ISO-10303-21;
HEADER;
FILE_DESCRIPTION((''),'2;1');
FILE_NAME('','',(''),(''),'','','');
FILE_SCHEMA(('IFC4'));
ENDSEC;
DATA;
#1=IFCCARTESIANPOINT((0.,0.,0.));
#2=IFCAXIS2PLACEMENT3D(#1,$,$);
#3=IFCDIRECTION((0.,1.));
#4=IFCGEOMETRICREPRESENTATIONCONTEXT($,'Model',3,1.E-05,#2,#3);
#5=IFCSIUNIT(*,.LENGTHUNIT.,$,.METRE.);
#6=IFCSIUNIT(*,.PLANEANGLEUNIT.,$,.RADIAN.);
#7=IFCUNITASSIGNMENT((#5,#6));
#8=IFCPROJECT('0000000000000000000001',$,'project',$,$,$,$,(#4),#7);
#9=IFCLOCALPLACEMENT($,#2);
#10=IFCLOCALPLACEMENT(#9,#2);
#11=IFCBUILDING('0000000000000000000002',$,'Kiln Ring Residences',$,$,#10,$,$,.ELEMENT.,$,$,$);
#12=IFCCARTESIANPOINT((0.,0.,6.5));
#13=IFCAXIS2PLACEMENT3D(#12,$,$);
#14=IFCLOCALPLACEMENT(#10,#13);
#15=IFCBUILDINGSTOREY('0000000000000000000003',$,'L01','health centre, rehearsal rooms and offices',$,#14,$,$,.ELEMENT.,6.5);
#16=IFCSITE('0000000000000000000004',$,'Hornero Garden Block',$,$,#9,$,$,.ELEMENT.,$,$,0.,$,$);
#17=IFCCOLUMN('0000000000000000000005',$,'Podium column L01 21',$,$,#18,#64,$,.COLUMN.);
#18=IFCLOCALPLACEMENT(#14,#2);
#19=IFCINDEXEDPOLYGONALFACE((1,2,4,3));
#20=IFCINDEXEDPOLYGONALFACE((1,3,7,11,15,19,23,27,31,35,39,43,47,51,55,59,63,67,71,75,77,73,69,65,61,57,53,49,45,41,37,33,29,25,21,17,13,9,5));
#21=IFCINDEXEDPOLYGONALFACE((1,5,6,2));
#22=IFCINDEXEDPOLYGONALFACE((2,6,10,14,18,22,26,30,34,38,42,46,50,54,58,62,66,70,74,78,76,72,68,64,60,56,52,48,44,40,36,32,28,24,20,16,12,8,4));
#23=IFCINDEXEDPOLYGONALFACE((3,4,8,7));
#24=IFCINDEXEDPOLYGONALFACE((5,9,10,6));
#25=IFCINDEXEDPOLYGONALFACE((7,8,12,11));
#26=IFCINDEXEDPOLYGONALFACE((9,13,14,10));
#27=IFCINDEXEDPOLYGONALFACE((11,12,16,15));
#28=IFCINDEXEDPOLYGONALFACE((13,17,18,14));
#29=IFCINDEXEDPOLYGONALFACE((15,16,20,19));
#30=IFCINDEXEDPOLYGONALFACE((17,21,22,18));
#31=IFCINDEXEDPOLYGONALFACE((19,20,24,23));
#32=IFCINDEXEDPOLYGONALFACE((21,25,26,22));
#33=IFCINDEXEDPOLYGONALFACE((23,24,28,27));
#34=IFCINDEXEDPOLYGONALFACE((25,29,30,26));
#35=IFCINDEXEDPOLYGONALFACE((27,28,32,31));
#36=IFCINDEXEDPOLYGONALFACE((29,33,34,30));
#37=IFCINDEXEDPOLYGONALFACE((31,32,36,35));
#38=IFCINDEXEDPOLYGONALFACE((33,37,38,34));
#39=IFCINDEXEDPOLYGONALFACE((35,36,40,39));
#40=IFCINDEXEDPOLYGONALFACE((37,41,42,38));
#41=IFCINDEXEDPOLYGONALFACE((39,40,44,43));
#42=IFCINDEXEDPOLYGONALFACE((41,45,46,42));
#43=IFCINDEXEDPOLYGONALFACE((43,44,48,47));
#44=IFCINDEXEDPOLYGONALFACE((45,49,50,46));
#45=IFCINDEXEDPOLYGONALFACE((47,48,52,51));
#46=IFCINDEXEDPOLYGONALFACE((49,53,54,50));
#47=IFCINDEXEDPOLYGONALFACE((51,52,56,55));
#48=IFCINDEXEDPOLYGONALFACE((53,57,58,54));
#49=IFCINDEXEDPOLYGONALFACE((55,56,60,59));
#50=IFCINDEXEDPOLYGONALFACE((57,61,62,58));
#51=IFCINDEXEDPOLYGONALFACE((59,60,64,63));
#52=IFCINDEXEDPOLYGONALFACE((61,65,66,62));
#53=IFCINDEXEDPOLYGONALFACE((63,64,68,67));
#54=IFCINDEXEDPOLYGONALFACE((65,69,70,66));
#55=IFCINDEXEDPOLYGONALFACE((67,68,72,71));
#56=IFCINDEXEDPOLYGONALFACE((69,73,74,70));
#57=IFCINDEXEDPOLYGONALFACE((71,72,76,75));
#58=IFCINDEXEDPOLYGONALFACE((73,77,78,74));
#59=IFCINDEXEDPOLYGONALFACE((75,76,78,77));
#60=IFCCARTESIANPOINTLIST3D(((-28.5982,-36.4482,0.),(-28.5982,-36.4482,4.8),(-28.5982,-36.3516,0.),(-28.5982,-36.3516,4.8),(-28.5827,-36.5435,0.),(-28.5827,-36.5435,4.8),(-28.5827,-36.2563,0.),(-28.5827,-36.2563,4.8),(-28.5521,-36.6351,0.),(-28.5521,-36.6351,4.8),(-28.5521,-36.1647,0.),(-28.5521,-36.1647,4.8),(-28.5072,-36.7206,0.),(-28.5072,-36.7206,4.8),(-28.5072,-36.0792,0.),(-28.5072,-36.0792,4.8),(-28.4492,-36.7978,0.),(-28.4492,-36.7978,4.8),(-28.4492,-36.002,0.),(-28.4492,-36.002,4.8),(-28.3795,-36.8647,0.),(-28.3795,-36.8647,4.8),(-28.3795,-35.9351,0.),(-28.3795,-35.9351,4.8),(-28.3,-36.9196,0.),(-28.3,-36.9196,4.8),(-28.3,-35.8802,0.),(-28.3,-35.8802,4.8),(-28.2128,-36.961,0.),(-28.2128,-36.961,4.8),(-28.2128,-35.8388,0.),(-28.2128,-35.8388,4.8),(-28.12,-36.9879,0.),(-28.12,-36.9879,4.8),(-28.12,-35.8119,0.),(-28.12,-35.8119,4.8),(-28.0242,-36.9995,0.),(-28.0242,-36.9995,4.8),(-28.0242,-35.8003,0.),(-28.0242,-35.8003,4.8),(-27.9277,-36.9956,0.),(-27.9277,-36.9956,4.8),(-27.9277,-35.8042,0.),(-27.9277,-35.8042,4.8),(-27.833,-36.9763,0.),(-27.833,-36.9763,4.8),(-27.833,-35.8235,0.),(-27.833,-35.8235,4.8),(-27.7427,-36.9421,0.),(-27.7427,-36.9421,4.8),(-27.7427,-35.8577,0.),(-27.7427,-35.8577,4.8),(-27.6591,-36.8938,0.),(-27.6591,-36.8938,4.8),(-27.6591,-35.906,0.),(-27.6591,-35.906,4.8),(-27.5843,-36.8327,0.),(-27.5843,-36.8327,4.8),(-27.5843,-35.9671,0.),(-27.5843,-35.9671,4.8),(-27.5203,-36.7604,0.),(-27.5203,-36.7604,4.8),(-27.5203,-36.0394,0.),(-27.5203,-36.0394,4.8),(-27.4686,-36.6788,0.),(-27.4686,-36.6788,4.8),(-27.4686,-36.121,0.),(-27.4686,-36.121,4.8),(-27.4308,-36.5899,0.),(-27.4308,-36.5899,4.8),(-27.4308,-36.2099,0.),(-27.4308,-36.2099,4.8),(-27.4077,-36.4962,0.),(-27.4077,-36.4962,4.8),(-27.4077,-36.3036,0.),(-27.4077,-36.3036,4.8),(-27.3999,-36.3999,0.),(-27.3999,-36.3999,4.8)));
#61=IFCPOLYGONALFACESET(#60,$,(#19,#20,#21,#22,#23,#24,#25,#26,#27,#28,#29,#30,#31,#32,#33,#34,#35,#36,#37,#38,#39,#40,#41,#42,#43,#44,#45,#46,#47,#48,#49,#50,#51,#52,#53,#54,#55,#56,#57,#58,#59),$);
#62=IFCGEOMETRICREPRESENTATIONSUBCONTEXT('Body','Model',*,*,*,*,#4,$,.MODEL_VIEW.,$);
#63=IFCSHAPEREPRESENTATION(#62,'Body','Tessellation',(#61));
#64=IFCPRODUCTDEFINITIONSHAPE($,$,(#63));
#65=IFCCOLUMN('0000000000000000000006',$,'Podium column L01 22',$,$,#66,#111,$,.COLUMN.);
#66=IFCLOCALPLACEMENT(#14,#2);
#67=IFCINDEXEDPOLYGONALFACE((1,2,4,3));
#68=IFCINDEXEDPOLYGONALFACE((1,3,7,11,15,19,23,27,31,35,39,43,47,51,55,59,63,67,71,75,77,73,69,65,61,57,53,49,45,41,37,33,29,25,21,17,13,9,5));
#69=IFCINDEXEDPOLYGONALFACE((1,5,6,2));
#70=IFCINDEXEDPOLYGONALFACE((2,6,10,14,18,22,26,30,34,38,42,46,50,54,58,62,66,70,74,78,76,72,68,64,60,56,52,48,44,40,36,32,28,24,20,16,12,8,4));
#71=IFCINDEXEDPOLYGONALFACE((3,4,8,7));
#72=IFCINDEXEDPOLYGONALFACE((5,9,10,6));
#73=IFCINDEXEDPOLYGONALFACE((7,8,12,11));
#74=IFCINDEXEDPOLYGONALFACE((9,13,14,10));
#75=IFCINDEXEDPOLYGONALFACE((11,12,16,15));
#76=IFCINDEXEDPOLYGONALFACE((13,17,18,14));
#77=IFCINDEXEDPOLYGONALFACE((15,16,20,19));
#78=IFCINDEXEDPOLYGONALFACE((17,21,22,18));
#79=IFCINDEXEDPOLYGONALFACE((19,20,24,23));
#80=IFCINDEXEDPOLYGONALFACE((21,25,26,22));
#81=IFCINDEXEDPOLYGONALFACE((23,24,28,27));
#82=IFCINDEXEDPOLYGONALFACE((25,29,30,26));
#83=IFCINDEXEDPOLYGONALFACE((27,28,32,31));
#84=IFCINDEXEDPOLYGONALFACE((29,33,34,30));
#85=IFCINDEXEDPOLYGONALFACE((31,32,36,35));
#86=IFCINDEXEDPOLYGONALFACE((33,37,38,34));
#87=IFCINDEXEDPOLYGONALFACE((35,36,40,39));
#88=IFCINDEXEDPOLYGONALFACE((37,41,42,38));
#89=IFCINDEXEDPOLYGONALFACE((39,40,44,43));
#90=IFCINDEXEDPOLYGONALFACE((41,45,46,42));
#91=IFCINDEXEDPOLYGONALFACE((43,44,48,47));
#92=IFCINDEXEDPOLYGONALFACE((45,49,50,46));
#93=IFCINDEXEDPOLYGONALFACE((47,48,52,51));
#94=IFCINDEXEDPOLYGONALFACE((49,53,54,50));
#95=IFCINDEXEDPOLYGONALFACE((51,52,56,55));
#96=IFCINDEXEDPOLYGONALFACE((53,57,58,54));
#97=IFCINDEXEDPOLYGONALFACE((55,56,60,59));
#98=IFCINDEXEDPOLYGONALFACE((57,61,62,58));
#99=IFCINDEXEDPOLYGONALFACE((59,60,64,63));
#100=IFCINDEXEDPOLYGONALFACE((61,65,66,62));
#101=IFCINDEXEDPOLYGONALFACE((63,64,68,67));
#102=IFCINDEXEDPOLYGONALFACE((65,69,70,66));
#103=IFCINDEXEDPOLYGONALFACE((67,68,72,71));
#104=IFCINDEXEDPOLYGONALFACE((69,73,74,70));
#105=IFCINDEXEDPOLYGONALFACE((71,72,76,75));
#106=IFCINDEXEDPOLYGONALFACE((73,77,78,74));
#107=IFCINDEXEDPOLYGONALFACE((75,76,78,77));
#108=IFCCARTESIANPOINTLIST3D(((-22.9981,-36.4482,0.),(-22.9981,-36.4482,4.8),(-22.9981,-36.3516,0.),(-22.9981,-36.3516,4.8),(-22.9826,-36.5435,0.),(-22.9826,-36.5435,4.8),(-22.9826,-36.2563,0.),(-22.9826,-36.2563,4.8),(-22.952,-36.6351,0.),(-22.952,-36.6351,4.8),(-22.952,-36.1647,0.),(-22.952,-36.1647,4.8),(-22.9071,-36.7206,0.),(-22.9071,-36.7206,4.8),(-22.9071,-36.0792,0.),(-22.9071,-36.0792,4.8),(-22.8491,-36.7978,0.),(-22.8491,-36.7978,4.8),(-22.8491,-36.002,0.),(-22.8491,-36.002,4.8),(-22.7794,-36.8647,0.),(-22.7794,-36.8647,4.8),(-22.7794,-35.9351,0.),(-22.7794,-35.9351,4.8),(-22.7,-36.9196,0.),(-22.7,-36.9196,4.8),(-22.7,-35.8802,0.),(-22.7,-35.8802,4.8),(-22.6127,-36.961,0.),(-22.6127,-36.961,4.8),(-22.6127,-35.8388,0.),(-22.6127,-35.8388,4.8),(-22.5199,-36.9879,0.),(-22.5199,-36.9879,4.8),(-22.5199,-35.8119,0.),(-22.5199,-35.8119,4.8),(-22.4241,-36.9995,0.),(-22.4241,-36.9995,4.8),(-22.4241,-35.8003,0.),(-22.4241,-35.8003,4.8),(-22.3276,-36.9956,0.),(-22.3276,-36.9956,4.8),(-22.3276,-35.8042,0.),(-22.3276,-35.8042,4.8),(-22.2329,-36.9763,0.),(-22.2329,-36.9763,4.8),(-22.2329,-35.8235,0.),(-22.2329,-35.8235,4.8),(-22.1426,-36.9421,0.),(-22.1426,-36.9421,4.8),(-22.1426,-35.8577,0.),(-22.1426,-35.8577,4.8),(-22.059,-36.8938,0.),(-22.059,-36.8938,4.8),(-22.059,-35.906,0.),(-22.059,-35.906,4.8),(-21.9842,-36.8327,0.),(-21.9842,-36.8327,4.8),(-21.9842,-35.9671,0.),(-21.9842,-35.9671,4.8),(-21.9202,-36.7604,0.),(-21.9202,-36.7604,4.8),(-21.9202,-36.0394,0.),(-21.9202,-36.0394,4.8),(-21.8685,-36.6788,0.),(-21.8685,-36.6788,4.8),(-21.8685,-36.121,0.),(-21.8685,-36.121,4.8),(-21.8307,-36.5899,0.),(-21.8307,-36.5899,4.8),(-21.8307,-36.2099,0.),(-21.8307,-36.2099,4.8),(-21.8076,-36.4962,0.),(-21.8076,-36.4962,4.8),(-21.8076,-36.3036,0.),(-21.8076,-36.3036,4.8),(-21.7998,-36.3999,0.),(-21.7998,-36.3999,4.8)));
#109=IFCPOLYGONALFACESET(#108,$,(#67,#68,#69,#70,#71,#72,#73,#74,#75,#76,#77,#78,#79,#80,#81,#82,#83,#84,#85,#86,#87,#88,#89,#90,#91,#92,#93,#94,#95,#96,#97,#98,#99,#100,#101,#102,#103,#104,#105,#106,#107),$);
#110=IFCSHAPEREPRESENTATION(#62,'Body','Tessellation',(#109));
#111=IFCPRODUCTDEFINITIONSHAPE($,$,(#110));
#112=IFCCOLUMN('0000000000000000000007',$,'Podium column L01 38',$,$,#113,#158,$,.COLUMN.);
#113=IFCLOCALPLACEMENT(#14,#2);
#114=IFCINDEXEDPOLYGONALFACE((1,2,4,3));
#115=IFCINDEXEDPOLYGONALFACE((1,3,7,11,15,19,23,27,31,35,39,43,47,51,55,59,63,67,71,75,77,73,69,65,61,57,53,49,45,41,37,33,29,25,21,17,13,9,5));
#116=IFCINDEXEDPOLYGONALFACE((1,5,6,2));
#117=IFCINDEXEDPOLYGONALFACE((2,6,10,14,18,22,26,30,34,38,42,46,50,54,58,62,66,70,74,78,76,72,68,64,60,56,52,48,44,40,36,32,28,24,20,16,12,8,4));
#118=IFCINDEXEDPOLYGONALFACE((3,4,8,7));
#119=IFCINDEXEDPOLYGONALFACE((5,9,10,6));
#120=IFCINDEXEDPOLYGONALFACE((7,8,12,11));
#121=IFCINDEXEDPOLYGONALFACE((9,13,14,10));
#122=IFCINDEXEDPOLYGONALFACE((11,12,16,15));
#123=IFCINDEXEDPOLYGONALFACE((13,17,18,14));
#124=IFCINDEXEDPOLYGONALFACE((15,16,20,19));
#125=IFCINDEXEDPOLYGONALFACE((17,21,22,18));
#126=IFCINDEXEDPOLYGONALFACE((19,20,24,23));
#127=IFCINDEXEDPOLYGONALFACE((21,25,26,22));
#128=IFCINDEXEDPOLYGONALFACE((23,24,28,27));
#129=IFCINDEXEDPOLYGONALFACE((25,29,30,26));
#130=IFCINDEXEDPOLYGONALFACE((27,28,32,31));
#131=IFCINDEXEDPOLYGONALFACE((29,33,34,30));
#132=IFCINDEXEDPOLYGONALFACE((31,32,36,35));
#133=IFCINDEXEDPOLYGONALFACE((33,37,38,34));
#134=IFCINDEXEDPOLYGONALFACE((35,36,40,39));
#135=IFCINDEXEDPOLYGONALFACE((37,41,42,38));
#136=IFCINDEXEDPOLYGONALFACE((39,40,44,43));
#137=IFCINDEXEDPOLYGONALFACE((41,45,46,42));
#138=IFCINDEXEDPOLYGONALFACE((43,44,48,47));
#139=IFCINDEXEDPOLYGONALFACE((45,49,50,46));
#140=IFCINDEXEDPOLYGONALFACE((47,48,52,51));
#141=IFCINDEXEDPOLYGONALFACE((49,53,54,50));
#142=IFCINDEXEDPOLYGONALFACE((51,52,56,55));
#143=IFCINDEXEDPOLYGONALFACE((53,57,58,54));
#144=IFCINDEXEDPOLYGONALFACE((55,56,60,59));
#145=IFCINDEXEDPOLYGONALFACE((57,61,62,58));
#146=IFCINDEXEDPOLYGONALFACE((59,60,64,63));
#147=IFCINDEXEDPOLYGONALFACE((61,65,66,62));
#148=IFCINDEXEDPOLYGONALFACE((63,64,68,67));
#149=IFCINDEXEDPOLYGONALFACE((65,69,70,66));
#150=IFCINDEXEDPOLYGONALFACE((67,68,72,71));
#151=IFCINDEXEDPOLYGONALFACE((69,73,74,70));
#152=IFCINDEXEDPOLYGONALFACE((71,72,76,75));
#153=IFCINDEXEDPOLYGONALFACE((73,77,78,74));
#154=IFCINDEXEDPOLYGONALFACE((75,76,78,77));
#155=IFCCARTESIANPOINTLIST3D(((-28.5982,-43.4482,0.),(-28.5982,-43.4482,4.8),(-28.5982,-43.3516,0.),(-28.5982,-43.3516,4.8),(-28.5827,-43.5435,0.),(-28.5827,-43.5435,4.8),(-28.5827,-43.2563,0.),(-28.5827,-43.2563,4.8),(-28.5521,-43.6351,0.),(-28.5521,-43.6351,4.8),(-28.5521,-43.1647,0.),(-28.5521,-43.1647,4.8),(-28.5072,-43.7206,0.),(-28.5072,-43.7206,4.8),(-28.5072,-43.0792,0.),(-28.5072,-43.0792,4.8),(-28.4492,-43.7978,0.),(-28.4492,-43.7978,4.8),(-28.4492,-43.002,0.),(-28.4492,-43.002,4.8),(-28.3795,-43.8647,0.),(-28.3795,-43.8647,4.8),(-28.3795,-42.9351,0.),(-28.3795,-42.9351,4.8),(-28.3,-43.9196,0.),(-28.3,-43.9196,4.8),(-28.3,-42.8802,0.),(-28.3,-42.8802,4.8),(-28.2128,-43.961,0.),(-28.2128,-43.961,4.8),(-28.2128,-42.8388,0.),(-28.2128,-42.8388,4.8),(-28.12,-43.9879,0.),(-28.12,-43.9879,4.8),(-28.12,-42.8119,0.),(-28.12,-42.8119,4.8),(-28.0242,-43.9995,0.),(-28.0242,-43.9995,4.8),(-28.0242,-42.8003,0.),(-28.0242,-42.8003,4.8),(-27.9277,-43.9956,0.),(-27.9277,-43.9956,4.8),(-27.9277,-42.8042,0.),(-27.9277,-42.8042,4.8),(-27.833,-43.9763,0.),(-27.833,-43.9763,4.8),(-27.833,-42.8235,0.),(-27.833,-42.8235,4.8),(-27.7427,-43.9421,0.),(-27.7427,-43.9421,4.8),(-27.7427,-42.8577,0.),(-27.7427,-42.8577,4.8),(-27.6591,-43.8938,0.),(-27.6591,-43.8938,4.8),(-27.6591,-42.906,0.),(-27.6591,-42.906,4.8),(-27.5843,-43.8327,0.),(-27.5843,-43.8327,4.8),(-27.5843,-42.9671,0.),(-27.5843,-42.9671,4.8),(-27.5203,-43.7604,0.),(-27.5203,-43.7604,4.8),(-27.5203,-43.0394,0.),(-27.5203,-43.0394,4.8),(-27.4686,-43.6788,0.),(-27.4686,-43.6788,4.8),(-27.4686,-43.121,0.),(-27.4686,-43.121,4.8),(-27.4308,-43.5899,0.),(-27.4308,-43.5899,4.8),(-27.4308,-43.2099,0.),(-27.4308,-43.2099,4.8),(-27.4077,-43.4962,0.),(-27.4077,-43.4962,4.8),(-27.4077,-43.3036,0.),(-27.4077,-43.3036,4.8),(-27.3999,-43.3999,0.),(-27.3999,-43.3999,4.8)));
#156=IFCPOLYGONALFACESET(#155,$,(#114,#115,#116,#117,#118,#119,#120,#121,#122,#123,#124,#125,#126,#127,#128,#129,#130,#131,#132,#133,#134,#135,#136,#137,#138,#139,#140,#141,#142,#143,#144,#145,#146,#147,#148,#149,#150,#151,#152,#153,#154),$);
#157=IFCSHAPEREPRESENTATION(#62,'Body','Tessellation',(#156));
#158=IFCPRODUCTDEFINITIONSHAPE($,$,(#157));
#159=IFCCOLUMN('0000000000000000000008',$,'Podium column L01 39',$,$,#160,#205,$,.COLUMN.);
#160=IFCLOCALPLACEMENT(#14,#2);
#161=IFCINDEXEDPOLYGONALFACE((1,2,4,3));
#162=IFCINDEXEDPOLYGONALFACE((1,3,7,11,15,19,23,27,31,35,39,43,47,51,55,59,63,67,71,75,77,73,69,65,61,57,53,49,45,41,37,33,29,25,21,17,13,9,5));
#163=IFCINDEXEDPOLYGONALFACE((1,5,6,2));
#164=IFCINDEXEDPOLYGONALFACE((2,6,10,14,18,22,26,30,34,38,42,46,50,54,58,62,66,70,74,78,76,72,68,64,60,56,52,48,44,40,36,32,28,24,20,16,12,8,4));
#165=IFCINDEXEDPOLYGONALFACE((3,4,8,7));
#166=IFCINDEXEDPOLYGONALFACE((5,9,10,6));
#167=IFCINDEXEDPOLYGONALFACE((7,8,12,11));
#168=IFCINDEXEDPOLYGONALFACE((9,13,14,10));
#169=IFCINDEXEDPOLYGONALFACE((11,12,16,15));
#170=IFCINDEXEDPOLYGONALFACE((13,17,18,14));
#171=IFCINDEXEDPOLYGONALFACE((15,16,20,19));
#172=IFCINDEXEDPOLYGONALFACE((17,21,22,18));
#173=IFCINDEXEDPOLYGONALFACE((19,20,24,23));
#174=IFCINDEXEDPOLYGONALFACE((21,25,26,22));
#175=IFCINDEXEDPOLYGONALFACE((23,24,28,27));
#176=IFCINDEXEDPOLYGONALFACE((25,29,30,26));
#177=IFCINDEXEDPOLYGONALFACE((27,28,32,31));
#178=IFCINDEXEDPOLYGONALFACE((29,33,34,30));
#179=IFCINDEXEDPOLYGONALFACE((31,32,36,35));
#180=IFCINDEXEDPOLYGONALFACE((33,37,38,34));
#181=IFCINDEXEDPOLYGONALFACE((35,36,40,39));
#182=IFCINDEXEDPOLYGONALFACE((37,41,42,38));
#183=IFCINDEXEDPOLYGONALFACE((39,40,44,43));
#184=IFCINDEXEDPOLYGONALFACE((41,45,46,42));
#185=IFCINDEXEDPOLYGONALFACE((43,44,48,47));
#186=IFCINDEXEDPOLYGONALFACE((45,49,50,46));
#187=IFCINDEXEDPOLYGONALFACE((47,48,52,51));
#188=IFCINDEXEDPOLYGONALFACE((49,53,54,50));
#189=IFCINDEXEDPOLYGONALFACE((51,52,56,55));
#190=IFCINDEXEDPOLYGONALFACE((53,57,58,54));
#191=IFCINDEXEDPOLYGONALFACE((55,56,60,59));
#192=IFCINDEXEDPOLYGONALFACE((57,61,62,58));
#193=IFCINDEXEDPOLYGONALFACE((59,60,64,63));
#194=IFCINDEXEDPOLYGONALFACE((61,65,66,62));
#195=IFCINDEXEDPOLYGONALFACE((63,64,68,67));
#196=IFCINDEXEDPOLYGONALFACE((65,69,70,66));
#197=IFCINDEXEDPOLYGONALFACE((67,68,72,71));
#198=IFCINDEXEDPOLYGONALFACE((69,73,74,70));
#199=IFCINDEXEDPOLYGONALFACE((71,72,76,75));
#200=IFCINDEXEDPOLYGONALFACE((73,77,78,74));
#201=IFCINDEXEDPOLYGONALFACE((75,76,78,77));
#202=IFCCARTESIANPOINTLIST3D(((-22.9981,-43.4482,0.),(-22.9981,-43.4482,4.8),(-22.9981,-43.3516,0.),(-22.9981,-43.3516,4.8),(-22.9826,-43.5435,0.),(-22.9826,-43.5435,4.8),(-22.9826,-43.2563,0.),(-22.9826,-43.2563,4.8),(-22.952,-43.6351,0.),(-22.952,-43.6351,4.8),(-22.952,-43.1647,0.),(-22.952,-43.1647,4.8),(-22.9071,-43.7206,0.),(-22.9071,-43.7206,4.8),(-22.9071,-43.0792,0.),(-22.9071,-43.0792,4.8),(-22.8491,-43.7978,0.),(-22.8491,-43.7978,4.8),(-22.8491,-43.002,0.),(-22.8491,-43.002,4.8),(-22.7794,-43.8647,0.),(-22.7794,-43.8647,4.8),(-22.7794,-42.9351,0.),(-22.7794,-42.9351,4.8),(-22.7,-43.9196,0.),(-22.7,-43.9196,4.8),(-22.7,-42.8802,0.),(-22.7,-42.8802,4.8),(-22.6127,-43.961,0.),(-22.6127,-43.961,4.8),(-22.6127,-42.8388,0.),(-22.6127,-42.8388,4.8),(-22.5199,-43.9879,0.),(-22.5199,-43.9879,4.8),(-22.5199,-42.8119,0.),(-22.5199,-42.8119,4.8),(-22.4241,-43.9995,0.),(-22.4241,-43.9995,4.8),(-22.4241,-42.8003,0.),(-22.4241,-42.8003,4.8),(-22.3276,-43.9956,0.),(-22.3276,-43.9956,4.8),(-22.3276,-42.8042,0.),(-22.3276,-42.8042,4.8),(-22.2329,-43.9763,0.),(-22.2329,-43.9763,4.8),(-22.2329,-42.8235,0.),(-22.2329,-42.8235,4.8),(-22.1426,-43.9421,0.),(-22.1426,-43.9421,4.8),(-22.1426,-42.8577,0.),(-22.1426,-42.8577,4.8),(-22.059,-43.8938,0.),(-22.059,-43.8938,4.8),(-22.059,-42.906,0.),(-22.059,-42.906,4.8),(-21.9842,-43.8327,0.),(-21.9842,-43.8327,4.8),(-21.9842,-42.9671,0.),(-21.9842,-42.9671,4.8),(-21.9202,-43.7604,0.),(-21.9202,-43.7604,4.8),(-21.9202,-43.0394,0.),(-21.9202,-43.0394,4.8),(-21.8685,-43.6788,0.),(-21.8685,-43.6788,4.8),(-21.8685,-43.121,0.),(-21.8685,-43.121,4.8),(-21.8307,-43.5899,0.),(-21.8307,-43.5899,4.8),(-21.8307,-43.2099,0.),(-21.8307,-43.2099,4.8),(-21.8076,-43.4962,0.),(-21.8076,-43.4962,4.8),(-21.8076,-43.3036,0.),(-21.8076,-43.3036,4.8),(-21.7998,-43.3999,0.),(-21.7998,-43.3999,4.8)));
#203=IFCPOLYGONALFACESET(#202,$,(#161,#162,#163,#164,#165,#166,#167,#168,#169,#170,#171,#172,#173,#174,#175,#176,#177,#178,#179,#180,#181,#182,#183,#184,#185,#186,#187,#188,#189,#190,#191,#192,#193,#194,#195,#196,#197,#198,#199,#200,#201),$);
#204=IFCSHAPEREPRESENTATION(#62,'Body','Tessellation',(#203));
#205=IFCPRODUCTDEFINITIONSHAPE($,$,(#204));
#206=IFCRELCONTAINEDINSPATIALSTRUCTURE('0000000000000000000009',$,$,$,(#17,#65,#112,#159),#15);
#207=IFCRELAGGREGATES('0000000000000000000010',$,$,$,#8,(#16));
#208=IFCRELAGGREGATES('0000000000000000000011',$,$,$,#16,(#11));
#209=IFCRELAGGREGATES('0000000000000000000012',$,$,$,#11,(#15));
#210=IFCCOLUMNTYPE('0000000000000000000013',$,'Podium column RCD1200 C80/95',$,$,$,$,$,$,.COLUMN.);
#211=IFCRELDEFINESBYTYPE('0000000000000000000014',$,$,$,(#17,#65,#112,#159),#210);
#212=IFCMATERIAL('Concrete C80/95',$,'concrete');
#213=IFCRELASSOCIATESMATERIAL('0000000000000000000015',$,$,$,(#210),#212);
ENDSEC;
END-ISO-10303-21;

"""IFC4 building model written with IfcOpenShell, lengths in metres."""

from ifc_helpers import new_model, si_unit, direction, frame, origin, origin_2d, place, context, subcontext, project, spatial, circle, extrude, material, material_profile, profile_set, type_object, element, save


model = new_model("IFC4")

# Units and contexts
model_context = context("Model", 3, precision=1e-05, world=origin(), true_north=direction((0.0, 1.0)))
body_context = subcontext(model_context, "Body", "Model", "MODEL_VIEW")
ifc_project = project(units=[si_unit("LENGTHUNIT", "METRE"), si_unit("PLANEANGLEUNIT", "RADIAN")], contexts=[model_context])

# Site, building, storey
site_placement = place(None, origin())
site = spatial("IfcSite", under=ifc_project, at=site_placement, Name="Hornero Garden Block", CompositionType="ELEMENT", RefElevation=0.0)
building_placement = place(site_placement, origin())
building = spatial("IfcBuilding", under=site, at=building_placement, Name="Kiln Ring Residences", CompositionType="ELEMENT")
storey_placement = place(building_placement, frame((0.0, 0.0, 6.5)))
storey = spatial("IfcBuildingStorey", under=building, at=storey_placement, Name="L01", Description="health centre, rehearsal rooms and offices", CompositionType="ELEMENT", Elevation=6.5)

# Columns
ifc_material_1 = material(Name="Concrete C80/95", Category="concrete")
ifc_material_profile = material_profile(ifc_material_1, circle(Radius=0.6001, at=origin_2d()), Name="RCD1200")
ifc_profile_set = profile_set([ifc_material_profile], Name="Concrete C80/95")
column_type = type_object("IfcColumnType", Name="Podium column RCD1200 C80/95", PredefinedType="COLUMN", material=ifc_profile_set)
for number, where, z_axis, x_axis, name in (
    (1, (-28.0, -36.3999, 0.0), (0.0, 0.0, 1.0), (1.0, 0.0, 0.0), "Podium column L01 21"),
    (2, (-22.3999, -36.3999, 0.0), (0.0, 0.0, 1.0), (1.0, 0.0, 0.0), "Podium column L01 22"),
    (3, (-28.0, -43.3999, 0.0), (0.0, 0.0, 1.0), (1.0, 0.0, 0.0), "Podium column L01 38"),
    (4, (-22.3999, -43.3999, 0.0), (0.0, 0.0, 1.0), (1.0, 0.0, 0.0), "Podium column L01 39"),
):
    element("IfcColumn", number, at=place(storey_placement, frame(where, z_axis=z_axis, x_axis=x_axis)), inside=storey, type_object=column_type, Name=name, PredefinedType="COLUMN", context=body_context, shape_type="SweptSolid", body=[
        extrude(circle(Radius=0.6001, at=origin_2d()), origin(), (0.0, 0.0, 1.0), 4.8),
    ])

save(model, "model.ifc")
